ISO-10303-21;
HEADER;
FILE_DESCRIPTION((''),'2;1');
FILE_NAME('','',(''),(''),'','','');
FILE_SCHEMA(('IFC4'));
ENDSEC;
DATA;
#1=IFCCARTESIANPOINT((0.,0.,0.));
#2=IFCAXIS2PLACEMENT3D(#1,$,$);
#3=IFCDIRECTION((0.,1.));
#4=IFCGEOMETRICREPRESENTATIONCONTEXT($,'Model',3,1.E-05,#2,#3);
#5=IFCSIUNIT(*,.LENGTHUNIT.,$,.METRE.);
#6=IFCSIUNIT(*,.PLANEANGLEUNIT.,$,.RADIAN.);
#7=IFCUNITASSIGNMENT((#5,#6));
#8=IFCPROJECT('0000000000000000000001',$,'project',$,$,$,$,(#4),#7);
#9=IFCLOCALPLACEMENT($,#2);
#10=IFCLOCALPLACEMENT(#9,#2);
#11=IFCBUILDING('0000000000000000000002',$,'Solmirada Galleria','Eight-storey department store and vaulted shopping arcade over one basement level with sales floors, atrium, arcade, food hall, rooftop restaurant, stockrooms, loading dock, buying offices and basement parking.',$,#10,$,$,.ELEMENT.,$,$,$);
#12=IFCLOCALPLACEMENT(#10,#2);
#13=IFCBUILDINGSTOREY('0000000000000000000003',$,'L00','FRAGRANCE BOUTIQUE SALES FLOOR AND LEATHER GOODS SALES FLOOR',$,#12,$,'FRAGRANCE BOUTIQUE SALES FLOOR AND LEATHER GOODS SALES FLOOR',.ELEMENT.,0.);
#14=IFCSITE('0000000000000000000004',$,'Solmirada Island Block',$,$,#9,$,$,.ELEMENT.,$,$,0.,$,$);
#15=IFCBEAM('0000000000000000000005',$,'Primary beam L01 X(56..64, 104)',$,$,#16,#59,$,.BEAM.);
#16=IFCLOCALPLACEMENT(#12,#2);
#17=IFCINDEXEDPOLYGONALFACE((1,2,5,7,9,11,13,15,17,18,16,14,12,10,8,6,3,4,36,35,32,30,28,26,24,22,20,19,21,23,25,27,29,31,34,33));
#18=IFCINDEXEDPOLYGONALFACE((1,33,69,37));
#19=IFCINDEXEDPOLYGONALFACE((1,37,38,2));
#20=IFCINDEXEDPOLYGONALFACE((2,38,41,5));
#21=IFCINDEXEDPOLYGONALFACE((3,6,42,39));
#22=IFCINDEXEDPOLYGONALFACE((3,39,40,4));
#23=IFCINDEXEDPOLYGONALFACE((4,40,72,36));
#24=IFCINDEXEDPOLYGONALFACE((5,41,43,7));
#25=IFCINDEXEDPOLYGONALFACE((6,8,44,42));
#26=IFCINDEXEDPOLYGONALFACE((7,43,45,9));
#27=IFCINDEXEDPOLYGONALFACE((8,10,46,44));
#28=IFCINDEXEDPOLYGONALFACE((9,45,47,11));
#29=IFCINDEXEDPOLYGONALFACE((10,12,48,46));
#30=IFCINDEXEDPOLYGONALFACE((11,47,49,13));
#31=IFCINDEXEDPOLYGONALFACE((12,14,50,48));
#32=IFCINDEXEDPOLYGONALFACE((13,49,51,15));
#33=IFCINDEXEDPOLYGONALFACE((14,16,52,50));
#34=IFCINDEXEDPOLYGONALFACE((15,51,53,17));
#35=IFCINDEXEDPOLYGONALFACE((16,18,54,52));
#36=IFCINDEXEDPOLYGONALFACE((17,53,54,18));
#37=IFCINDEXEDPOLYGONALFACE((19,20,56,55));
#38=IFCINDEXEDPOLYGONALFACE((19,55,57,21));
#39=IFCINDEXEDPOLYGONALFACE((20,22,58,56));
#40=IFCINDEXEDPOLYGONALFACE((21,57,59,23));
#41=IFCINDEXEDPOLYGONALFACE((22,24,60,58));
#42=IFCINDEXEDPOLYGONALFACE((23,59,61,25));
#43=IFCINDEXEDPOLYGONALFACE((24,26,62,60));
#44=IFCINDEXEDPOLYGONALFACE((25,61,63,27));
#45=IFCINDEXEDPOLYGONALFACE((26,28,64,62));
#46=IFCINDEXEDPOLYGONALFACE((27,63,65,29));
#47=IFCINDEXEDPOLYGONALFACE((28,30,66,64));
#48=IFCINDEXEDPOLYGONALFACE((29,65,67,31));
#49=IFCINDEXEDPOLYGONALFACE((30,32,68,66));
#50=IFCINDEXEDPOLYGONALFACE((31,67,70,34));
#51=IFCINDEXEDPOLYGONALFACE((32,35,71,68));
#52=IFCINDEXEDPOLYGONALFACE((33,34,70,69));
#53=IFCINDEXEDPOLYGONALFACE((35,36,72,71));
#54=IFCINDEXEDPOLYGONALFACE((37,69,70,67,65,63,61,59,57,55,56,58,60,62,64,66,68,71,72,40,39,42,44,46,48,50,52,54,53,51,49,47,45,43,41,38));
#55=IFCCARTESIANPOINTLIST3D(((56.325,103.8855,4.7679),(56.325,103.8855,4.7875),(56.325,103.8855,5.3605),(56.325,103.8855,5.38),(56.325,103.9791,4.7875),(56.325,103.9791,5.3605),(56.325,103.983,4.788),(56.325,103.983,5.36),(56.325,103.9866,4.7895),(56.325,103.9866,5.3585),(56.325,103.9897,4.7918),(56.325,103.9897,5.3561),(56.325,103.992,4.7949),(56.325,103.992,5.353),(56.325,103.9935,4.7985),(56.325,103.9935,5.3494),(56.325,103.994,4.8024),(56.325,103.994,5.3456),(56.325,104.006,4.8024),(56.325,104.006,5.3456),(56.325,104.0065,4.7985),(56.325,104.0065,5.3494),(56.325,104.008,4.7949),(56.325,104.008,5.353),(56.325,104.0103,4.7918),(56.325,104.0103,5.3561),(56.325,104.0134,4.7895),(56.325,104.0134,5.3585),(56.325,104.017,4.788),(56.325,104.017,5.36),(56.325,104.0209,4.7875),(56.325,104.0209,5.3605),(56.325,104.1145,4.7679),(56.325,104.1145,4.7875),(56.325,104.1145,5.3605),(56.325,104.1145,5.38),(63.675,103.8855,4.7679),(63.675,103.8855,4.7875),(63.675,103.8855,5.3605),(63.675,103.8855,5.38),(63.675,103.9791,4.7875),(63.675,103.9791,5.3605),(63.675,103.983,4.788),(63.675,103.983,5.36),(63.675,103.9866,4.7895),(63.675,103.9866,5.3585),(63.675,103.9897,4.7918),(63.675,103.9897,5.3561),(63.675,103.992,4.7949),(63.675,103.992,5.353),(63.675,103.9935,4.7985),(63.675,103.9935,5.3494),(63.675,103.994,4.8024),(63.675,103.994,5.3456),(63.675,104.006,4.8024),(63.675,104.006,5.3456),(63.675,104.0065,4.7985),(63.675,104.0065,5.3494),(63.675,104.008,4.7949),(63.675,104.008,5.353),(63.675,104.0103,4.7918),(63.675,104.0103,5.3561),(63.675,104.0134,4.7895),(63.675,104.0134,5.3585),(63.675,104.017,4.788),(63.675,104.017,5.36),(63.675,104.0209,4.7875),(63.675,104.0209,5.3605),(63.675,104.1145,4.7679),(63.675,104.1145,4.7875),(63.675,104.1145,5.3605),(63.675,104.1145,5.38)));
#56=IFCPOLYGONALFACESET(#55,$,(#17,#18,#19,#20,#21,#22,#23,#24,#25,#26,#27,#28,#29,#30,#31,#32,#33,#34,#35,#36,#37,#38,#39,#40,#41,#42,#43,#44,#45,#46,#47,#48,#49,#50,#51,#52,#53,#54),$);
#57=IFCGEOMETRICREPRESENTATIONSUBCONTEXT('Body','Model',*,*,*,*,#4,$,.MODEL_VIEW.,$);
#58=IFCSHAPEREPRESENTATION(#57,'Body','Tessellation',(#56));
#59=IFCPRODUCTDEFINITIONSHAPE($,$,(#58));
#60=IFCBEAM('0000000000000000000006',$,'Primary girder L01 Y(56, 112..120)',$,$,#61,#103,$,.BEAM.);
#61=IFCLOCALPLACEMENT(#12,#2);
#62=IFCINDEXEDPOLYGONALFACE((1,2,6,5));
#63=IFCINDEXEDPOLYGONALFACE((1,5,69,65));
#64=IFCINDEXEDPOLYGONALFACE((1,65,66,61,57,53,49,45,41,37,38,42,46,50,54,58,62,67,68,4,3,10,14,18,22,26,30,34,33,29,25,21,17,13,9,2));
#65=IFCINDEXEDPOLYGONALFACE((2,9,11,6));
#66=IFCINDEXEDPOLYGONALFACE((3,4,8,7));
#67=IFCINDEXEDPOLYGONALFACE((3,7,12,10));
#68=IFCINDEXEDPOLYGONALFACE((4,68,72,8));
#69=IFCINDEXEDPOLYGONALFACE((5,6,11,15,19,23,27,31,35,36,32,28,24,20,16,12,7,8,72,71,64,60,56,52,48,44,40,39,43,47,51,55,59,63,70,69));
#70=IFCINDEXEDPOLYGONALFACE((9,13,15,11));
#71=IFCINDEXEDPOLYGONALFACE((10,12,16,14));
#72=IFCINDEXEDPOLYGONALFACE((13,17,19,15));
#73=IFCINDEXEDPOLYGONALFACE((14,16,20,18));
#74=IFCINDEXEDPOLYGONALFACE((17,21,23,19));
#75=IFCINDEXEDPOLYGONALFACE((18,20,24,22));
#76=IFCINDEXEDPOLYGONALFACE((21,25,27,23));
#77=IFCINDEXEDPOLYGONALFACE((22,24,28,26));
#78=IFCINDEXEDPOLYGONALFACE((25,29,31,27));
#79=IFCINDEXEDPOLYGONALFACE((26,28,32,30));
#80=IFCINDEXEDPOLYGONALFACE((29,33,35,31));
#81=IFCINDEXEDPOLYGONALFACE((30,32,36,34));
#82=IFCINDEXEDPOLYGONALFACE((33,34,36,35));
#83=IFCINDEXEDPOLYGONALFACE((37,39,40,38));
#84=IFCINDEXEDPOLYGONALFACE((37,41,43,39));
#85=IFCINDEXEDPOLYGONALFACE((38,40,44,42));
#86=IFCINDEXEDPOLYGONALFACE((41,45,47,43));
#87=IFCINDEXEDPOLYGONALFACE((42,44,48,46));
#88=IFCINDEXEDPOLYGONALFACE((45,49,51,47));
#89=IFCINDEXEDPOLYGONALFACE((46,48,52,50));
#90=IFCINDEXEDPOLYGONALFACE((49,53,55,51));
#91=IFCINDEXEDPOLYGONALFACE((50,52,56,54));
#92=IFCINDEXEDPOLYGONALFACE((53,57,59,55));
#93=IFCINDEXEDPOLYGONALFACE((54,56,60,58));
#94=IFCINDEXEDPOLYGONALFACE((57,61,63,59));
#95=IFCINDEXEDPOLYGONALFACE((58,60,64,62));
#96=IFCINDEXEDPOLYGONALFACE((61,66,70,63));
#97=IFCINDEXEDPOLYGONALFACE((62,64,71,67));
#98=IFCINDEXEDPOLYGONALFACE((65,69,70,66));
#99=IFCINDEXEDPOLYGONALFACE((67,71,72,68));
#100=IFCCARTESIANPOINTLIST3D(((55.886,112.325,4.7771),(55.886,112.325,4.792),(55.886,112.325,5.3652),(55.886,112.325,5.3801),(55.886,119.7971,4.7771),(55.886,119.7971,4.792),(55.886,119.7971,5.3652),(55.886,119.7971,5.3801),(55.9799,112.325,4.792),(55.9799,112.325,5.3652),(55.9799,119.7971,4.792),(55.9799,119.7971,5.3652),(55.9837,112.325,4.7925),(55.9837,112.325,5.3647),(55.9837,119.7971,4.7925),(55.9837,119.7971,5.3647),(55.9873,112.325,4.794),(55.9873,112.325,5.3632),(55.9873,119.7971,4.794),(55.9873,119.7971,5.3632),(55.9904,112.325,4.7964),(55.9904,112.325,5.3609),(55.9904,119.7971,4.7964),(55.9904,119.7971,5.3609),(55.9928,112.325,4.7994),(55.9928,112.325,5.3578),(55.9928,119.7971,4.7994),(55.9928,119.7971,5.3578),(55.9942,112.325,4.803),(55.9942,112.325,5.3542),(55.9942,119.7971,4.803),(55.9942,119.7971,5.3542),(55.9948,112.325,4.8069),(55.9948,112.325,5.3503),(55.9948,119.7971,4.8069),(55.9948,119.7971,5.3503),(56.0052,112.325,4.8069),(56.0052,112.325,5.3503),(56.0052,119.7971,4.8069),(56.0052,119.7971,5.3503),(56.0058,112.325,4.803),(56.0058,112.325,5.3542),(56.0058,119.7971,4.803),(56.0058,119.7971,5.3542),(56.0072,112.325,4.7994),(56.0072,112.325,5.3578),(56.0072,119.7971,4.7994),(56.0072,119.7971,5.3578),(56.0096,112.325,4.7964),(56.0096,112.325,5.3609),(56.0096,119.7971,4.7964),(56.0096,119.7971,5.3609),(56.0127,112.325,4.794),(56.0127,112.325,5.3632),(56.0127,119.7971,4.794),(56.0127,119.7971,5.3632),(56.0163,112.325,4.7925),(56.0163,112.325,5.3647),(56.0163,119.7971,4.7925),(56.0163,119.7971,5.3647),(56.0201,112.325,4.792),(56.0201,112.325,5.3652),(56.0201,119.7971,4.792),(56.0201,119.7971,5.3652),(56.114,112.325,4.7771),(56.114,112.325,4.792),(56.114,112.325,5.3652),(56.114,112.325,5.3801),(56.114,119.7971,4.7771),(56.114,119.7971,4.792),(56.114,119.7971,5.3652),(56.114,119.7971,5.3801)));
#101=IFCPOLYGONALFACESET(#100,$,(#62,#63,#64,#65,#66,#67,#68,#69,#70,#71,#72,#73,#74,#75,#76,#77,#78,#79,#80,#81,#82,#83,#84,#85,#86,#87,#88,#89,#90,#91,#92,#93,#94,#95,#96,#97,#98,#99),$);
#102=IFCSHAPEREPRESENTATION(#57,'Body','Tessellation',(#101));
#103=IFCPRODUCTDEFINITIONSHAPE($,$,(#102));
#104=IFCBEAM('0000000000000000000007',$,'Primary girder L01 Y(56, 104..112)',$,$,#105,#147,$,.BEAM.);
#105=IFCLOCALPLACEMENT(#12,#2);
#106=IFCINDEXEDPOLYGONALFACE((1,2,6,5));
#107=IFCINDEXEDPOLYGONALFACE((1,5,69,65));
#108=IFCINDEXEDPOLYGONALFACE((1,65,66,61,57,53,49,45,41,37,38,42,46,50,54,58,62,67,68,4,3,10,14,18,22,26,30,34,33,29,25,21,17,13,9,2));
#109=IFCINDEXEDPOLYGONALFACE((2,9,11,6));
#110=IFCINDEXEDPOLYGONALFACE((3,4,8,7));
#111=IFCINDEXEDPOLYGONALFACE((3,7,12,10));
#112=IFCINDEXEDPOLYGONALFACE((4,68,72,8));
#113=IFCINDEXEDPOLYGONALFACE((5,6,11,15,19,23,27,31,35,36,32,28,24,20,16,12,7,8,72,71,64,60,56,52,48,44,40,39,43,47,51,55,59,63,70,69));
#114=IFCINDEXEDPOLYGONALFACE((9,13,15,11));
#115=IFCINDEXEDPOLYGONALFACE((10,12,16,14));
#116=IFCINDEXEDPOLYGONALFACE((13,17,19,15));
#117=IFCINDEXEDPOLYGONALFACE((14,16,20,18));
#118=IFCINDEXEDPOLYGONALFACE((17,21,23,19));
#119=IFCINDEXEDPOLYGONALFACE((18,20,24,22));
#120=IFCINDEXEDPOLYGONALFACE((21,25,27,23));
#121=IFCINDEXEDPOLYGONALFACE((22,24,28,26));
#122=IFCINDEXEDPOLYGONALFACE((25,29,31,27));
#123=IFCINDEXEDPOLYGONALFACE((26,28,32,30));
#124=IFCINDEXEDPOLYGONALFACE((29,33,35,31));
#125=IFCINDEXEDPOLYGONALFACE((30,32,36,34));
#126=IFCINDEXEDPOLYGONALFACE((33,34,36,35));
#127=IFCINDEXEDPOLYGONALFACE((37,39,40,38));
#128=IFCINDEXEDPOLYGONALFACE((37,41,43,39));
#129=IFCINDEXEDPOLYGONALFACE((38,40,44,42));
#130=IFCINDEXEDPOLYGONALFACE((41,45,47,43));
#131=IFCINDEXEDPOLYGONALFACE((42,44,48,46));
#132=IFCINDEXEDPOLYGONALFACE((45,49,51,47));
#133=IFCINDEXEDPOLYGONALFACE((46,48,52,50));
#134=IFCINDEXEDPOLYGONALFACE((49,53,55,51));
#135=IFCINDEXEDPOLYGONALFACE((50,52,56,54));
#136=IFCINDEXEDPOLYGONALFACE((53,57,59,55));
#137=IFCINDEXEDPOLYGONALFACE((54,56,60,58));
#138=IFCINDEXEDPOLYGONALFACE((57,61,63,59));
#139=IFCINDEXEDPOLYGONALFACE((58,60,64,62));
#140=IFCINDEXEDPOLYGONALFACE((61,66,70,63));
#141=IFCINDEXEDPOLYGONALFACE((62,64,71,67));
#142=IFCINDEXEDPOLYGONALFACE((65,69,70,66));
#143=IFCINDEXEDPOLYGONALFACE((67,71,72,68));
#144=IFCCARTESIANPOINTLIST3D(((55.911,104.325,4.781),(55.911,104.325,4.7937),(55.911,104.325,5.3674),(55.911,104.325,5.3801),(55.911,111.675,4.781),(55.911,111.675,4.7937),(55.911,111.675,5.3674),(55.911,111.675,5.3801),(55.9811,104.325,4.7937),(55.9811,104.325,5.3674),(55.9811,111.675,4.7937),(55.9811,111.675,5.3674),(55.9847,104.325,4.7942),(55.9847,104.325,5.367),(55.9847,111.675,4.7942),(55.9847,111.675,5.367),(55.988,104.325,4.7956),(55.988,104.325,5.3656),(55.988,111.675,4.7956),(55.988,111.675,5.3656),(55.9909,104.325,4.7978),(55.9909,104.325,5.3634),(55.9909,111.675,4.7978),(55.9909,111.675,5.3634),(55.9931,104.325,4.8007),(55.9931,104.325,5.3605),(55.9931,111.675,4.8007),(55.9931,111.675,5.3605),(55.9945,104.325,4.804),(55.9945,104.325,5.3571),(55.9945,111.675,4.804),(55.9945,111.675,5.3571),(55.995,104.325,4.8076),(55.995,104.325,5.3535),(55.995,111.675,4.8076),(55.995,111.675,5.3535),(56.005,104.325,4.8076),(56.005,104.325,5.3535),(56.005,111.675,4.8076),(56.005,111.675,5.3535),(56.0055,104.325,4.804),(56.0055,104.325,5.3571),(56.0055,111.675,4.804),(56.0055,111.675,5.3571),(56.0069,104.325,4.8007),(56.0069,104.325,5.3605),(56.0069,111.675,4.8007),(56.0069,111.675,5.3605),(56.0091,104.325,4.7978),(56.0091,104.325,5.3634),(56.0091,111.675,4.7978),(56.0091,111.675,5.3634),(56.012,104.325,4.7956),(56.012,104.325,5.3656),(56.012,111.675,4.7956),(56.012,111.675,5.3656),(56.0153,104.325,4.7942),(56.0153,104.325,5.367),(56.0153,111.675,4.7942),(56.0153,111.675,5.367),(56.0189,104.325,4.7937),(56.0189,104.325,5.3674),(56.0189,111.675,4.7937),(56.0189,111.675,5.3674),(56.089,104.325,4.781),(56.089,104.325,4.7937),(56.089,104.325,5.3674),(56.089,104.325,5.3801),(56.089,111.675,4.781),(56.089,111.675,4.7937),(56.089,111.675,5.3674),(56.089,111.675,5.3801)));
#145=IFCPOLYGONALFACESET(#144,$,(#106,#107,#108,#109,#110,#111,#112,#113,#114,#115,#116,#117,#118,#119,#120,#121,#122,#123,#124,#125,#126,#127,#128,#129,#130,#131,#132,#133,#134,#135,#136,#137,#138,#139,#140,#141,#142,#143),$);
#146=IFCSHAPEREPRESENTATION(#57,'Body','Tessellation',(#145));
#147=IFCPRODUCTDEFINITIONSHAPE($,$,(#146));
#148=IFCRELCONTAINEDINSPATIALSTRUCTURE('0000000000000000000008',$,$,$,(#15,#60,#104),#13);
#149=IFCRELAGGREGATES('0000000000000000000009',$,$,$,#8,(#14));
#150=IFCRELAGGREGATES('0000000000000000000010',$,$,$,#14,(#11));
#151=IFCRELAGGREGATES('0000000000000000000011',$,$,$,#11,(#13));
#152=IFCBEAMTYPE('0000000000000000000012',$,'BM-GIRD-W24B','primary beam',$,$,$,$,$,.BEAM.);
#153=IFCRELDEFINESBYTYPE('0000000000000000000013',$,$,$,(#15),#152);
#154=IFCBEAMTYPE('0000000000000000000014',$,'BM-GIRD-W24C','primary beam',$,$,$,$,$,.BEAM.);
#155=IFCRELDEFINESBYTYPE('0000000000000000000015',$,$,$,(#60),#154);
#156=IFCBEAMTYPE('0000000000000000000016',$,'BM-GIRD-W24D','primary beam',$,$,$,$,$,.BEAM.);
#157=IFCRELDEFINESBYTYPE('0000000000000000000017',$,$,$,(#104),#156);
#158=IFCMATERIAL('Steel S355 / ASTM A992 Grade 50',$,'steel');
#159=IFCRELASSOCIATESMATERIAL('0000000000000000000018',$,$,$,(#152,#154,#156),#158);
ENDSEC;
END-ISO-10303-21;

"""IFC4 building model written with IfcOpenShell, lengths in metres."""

from ifc_helpers import new_model, si_unit, direction, frame, origin, origin_2d, place, context, subcontext, project, spatial, i_section, extrude, material, material_profile, profile_set, type_object, element, save


model = new_model("IFC4")

# Units and contexts
model_context = context("Model", 3, precision=1e-05, world=origin(), true_north=direction((0.0, 1.0)))
body_context = subcontext(model_context, "Body", "Model", "MODEL_VIEW")
ifc_project = project(units=[si_unit("LENGTHUNIT", "METRE"), si_unit("PLANEANGLEUNIT", "RADIAN")], contexts=[model_context])

# Site, building, storey
site_placement = place(None, origin())
site = spatial("IfcSite", under=ifc_project, at=site_placement, Name="Solmirada Island Block", CompositionType="ELEMENT", RefElevation=0.0)
building_placement = place(site_placement, origin())
building = spatial("IfcBuilding", under=site, at=building_placement, Name="Solmirada Galleria", Description="Eight-storey department store and vaulted shopping arcade over one basement level with sales floors, atrium, arcade, food hall, rooftop restaurant, stockrooms, loading dock, buying offices and basement parking.", CompositionType="ELEMENT")
storey_placement = place(building_placement, origin())
storey = spatial("IfcBuildingStorey", under=building, at=storey_placement, Name="L00", Description="FRAGRANCE BOUTIQUE SALES FLOOR AND LEATHER GOODS SALES FLOOR", LongName="FRAGRANCE BOUTIQUE SALES FLOOR AND LEATHER GOODS SALES FLOOR", CompositionType="ELEMENT", Elevation=0.0)

# Beams
ifc_material_1 = material(Name="Steel S355 / ASTM A992 Grade 50", Category="steel")
ifc_material_profile_1 = material_profile(ifc_material_1, i_section(OverallWidth=0.229, OverallDepth=0.6121, WebThickness=0.012, FlangeThickness=0.0195, FilletRadius=0.0149, at=origin_2d()), Name="W24X84")
ifc_profile_set_1 = profile_set([ifc_material_profile_1], Name="Steel S355 / ASTM A992 Grade 50")
beam_type_1 = type_object("IfcBeamType", Name="BM-GIRD-W24B", Description="primary beam", PredefinedType="BEAM", material=ifc_profile_set_1)
for number, where, z_axis, x_axis, name in (
    (1, (56.325, 104.0, 5.074), (1.0, 0.0, 0.0), (0.0, 1.0, 0.0), "Primary beam L01 X(56..64, 104)"),
):
    element("IfcBeam", number, at=place(storey_placement, frame(where, z_axis=z_axis, x_axis=x_axis)), inside=storey, type_object=beam_type_1, Name=name, PredefinedType="BEAM", context=body_context, shape_type="SweptSolid", body=[
        extrude(i_section(OverallWidth=0.229, OverallDepth=0.6121, WebThickness=0.012, FlangeThickness=0.0195, FilletRadius=0.0149, at=origin_2d()), origin(), (0.0, 0.0, 1.0), 7.3501),
    ])
ifc_material_profile_2 = material_profile(ifc_material_1, i_section(OverallWidth=0.228, OverallDepth=0.603, WebThickness=0.0105, FlangeThickness=0.0149, FilletRadius=0.0149, at=origin_2d()), Name="W24X68")
ifc_profile_set_2 = profile_set([ifc_material_profile_2], Name="Steel S355 / ASTM A992 Grade 50")
beam_type_2 = type_object("IfcBeamType", Name="BM-GIRD-W24C", Description="primary beam", PredefinedType="BEAM", material=ifc_profile_set_2)
beam_1_placement = place(storey_placement, frame((56.0, 112.325, 5.0786), z_axis=(0.0, 1.0, 0.0), x_axis=(-1.0, 0.0, 0.0)))
element("IfcBeam", 2, at=beam_1_placement, inside=storey, type_object=beam_type_2, Name="Primary girder L01 Y(56, 112..120)", PredefinedType="BEAM", context=body_context, shape_type="SweptSolid", body=[
    extrude(i_section(OverallWidth=0.228, OverallDepth=0.603, WebThickness=0.0105, FlangeThickness=0.0149, FilletRadius=0.0149, at=origin_2d()), origin(), (0.0, 0.0, 1.0), 7.4722),
])
ifc_material_profile_3 = material_profile(ifc_material_1, i_section(OverallWidth=0.178, OverallDepth=0.5991, WebThickness=0.01, FlangeThickness=0.0127, FilletRadius=0.0139, at=origin_2d()), Name="W24X55")
ifc_profile_set_3 = profile_set([ifc_material_profile_3], Name="Steel S355 / ASTM A992 Grade 50")
beam_type_3 = type_object("IfcBeamType", Name="BM-GIRD-W24D", Description="primary beam", PredefinedType="BEAM", material=ifc_profile_set_3)
beam_2_placement = place(storey_placement, frame((56.0, 104.325, 5.0806), z_axis=(0.0, 1.0, 0.0), x_axis=(-1.0, 0.0, 0.0)))
element("IfcBeam", 3, at=beam_2_placement, inside=storey, type_object=beam_type_3, Name="Primary girder L01 Y(56, 104..112)", PredefinedType="BEAM", context=body_context, shape_type="SweptSolid", body=[
    extrude(i_section(OverallWidth=0.178, OverallDepth=0.5991, WebThickness=0.01, FlangeThickness=0.0127, FilletRadius=0.0139, at=origin_2d()), origin(), (0.0, 0.0, 1.0), 7.3501),
])

save(model, "model.ifc")
